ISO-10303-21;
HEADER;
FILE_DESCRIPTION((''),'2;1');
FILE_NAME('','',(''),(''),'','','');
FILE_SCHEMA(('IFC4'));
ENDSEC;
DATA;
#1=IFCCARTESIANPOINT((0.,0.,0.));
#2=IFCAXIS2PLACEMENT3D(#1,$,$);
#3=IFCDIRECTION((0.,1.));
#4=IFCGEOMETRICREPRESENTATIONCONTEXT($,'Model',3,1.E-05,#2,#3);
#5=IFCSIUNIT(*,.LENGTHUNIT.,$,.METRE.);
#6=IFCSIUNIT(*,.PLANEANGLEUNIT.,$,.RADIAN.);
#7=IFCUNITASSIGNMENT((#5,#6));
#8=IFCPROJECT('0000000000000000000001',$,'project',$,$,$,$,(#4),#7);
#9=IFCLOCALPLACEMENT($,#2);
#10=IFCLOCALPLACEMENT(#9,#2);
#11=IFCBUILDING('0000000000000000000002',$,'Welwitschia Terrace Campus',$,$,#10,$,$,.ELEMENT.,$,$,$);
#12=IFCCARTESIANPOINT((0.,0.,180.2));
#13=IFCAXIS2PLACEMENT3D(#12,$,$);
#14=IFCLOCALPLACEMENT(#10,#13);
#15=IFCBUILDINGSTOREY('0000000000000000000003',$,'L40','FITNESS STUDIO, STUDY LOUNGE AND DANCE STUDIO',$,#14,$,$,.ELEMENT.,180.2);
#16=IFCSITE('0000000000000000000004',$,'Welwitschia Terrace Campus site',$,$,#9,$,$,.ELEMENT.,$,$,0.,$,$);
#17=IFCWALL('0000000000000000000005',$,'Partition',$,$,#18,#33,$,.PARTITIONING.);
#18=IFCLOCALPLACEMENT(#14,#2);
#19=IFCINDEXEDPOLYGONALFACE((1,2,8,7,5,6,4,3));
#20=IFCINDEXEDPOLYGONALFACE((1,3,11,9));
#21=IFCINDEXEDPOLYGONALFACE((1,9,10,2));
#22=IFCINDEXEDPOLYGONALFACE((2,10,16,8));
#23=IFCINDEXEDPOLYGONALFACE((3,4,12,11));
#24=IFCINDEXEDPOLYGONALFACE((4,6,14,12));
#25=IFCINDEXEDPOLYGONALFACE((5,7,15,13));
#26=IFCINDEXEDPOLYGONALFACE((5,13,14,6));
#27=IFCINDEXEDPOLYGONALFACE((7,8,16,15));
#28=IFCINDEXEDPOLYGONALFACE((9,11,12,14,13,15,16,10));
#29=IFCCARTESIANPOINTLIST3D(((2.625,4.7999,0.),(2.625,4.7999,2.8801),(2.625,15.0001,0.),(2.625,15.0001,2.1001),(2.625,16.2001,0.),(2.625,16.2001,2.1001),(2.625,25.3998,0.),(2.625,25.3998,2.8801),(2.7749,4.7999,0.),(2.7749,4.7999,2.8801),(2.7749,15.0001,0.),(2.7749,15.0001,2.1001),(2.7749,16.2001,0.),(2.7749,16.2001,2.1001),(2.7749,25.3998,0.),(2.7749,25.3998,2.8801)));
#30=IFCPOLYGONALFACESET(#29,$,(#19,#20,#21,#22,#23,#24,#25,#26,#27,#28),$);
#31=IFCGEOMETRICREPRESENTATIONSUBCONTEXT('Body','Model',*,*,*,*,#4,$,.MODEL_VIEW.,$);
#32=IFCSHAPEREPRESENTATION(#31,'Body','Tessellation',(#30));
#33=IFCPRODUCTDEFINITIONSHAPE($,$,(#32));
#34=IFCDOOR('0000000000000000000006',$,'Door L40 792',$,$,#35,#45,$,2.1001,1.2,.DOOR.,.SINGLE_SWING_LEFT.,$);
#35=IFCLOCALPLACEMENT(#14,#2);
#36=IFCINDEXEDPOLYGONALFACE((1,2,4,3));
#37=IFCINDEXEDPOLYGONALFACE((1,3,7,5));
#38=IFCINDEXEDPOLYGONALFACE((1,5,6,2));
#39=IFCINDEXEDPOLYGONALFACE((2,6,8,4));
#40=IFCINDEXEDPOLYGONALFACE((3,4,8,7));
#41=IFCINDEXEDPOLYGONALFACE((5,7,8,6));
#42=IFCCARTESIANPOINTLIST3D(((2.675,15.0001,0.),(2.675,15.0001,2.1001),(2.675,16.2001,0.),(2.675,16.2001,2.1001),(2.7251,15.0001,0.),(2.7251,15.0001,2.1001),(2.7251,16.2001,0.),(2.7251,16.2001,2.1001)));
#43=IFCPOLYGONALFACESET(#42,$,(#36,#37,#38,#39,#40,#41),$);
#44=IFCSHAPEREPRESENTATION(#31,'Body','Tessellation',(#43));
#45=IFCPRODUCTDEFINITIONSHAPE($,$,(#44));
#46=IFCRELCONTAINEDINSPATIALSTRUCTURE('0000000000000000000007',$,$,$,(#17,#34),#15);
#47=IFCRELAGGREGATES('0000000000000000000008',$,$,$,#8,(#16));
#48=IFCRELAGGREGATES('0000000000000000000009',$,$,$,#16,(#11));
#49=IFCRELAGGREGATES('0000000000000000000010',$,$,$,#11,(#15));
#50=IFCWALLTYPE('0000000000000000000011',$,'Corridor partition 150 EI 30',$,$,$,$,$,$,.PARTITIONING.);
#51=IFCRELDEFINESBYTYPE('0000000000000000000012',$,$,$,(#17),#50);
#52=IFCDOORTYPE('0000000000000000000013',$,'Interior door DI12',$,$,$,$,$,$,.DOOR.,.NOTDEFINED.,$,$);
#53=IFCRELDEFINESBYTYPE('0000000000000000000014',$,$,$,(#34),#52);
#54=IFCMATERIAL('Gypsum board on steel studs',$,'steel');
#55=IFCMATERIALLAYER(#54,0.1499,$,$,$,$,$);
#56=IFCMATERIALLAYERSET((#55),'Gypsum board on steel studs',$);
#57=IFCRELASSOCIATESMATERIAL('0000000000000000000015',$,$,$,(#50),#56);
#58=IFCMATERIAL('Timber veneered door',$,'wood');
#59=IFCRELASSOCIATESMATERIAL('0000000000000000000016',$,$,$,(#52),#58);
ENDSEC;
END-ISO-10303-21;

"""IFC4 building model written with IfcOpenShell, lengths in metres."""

from ifc_helpers import new_model, si_unit, direction, frame, frame_2d, origin, place, context, subcontext, project, spatial, rectangle, extrude, material, layer, layer_set, type_object, element, fill, save


model = new_model("IFC4")

# Units and contexts
model_context = context("Model", 3, precision=1e-05, world=origin(), true_north=direction((0.0, 1.0)))
body_context = subcontext(model_context, "Body", "Model", "MODEL_VIEW")
ifc_project = project(units=[si_unit("LENGTHUNIT", "METRE"), si_unit("PLANEANGLEUNIT", "RADIAN")], contexts=[model_context])

# Site, building, storey
site_placement = place(None, origin())
site = spatial("IfcSite", under=ifc_project, at=site_placement, Name="Welwitschia Terrace Campus site", CompositionType="ELEMENT", RefElevation=0.0)
building_placement = place(site_placement, origin())
building = spatial("IfcBuilding", under=site, at=building_placement, Name="Welwitschia Terrace Campus", CompositionType="ELEMENT")
storey_placement = place(building_placement, frame((0.0, 0.0, 180.2)))
storey = spatial("IfcBuildingStorey", under=building, at=storey_placement, Name="L40", Description="FITNESS STUDIO, STUDY LOUNGE AND DANCE STUDIO", CompositionType="ELEMENT", Elevation=180.2)

# Shared definitions
ifc_material_1 = material(Name="Gypsum board on steel studs", Category="steel")
ifc_layer_1 = layer(ifc_material_1, 0.1499)
ifc_layer_set_1 = layer_set([ifc_layer_1], Name="Gypsum board on steel studs")
wall_type_1 = type_object("IfcWallType", Name="Corridor partition 150 EI 30", PredefinedType="PARTITIONING", material=ifc_layer_set_1)

# Wall, opening, door
wall_1_placement = place(storey_placement, frame((2.7, 4.8, 0.0), z_axis=(0.0, 0.0, 1.0), x_axis=(0.0, 1.0, 0.0)))
wall_1 = element("IfcWall", 1, at=wall_1_placement, inside=storey, type_object=wall_type_1, Name="Partition", PredefinedType="PARTITIONING", context=body_context, shape_type="SweptSolid", body=[
    extrude(rectangle(XDim=20.5999, YDim=0.1499, at=frame_2d((10.2998, 0.0))), origin(), (0.0, 0.0, 1.0), 2.8801),
])
opening_1_placement = place(wall_1_placement, frame((10.2, 0.0, 0.0)))
opening_1 = element("IfcOpeningElement", 2, at=opening_1_placement, cuts=wall_1, PredefinedType="OPENING", context=body_context, shape_type="SweptSolid", body=[
    extrude(rectangle(XDim=1.2, YDim=2.1001, at=frame_2d((0.6001, 1.05))), frame((0.0, 0.085, 0.0), z_axis=(0.0, -1.0, 0.0), x_axis=(1.0, 0.0, 0.0)), (0.0, 0.0, 1.0), 0.1699),
])
ifc_material_2 = material(Name="Timber veneered door", Category="wood")
door_type_1 = type_object("IfcDoorType", Name="Interior door DI12", OperationType="NOTDEFINED", PredefinedType="DOOR", material=ifc_material_2)
door_1_placement = place(opening_1_placement, origin())
door_1 = element("IfcDoor", 3, at=door_1_placement, inside=storey, type_object=door_type_1, Name="Door L40 792", OperationType="SINGLE_SWING_LEFT", OverallHeight=2.1001, OverallWidth=1.2, PredefinedType="DOOR", context=body_context, shape_type="SweptSolid", body=[
    extrude(rectangle(XDim=1.2, YDim=2.1001, at=frame_2d((0.6001, 1.05))), frame((0.0, 0.0249, 0.0), z_axis=(0.0, -1.0, 0.0), x_axis=(1.0, 0.0, 0.0)), (0.0, 0.0, 1.0), 0.05),
])
fill(opening_1, door_1)

save(model, "model.ifc")
